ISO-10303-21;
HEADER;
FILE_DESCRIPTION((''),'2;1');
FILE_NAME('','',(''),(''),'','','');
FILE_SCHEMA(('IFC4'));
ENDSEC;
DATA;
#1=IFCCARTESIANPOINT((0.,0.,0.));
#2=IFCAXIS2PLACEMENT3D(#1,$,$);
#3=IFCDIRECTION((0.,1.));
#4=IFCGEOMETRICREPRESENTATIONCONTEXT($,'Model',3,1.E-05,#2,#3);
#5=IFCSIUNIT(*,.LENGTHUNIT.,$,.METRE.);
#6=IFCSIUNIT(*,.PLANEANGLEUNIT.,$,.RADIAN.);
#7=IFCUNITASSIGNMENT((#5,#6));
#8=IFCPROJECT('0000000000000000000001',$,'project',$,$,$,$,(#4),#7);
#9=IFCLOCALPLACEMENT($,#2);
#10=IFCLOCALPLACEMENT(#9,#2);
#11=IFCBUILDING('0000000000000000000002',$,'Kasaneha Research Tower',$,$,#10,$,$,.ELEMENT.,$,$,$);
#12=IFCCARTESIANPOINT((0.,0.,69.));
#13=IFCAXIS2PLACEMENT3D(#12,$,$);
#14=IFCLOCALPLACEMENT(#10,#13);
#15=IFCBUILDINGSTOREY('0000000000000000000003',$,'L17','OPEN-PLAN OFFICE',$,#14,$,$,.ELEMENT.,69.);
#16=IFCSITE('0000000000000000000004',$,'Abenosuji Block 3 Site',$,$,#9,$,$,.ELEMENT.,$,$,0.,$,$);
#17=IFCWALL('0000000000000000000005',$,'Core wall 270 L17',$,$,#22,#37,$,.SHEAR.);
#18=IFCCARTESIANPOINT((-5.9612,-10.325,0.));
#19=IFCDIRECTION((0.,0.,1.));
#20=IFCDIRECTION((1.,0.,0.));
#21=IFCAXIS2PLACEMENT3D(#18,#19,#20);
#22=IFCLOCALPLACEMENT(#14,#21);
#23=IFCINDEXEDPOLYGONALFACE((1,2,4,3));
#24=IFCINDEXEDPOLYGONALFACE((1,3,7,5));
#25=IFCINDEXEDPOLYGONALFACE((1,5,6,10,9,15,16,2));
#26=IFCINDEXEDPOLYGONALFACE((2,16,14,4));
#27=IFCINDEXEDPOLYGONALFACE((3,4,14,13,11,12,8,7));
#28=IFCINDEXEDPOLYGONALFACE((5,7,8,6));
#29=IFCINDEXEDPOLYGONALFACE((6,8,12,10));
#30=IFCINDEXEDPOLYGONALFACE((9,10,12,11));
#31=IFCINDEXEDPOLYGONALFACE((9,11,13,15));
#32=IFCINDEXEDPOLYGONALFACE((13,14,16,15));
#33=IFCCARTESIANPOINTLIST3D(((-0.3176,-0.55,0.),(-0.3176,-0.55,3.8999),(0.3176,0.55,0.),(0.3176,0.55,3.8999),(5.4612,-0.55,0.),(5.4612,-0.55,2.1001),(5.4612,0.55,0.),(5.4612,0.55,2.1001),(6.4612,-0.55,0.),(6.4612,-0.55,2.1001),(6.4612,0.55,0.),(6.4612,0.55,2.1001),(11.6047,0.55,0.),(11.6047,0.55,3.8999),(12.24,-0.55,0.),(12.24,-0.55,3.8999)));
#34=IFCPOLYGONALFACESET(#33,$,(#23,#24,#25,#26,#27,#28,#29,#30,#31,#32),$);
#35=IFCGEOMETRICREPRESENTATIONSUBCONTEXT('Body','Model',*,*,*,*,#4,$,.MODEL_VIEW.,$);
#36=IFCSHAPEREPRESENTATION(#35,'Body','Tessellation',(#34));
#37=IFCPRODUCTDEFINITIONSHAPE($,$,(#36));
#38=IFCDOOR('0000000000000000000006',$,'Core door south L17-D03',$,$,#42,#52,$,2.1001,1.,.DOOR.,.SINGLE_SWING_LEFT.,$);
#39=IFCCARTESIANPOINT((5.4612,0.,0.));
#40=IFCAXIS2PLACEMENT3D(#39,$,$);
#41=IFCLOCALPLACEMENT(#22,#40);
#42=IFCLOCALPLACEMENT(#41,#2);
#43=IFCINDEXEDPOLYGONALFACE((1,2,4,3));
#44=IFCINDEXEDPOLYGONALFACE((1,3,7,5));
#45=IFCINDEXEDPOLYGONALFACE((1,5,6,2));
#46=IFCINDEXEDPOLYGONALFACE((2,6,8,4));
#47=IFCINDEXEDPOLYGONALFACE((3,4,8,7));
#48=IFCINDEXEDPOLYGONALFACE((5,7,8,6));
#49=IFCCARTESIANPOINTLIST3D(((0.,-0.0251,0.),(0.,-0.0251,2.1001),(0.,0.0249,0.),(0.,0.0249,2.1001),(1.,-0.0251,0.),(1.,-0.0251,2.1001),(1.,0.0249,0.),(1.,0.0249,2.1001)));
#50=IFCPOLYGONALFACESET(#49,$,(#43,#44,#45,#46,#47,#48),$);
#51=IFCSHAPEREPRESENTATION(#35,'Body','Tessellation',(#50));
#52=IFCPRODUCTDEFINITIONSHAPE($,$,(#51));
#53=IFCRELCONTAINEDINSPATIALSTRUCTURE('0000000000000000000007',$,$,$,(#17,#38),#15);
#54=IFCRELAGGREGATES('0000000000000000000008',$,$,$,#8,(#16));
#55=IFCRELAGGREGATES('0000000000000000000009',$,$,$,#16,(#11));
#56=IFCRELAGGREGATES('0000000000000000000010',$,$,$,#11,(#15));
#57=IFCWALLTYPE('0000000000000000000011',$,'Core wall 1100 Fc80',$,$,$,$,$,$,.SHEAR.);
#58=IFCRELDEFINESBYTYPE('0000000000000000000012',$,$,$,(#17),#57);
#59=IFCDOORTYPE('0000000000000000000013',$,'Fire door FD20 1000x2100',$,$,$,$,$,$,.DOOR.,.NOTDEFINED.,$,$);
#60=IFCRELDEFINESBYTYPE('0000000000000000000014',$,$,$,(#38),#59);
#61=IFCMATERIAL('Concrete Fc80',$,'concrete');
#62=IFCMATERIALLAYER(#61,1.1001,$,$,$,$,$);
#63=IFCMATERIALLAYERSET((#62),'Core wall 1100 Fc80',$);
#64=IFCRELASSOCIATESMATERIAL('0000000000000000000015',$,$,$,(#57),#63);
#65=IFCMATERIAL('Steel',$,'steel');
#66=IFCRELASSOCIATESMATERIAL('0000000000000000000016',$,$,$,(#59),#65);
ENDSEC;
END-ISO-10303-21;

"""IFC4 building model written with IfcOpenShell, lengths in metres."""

from ifc_helpers import new_model, si_unit, direction, frame, frame_2d, origin, place, context, subcontext, project, spatial, polyline, rectangle, outline, extrude, material, layer, layer_set, type_object, element, fill, save


model = new_model("IFC4")

# Units and contexts
model_context = context("Model", 3, precision=1e-05, world=origin(), true_north=direction((0.0, 1.0)))
body_context = subcontext(model_context, "Body", "Model", "MODEL_VIEW")
ifc_project = project(units=[si_unit("LENGTHUNIT", "METRE"), si_unit("PLANEANGLEUNIT", "RADIAN")], contexts=[model_context])

# Site, building, storey
site_placement = place(None, origin())
site = spatial("IfcSite", under=ifc_project, at=site_placement, Name="Abenosuji Block 3 Site", CompositionType="ELEMENT", RefElevation=0.0)
building_placement = place(site_placement, origin())
building = spatial("IfcBuilding", under=site, at=building_placement, Name="Kasaneha Research Tower", CompositionType="ELEMENT")
storey_placement = place(building_placement, frame((0.0, 0.0, 69.0)))
storey = spatial("IfcBuildingStorey", under=building, at=storey_placement, Name="L17", Description="OPEN-PLAN OFFICE", CompositionType="ELEMENT", Elevation=69.0)

# Wall, opening, door
ifc_material_1 = material(Name="Concrete Fc80", Category="concrete")
ifc_layer_1 = layer(ifc_material_1, 1.1001)
ifc_layer_set_1 = layer_set([ifc_layer_1], Name="Core wall 1100 Fc80")
wall_type_1 = type_object("IfcWallType", Name="Core wall 1100 Fc80", PredefinedType="SHEAR", material=ifc_layer_set_1)
wall_1_placement = place(storey_placement, frame((-5.9612, -10.325, 0.0), z_axis=(0.0, 0.0, 1.0), x_axis=(1.0, 0.0, 0.0)))
wall_1 = element("IfcWall", 1, at=wall_1_placement, inside=storey, type_object=wall_type_1, Name="Core wall 270 L17", PredefinedType="SHEAR", context=body_context, shape_type="SweptSolid", body=[
    extrude(outline(polyline([(-0.3176, -0.55), (5.4612, -0.55), (6.4612, -0.55), (12.24, -0.55), (11.6047, 0.55), (6.4612, 0.55), (5.4612, 0.55), (0.3176, 0.55), (-0.3176, -0.55)])), origin(), (0.0, 0.0, 1.0), 3.8999),
])
opening_1_placement = place(wall_1_placement, frame((5.4612, 0.0, 0.0)))
opening_1 = element("IfcOpeningElement", 2, at=opening_1_placement, cuts=wall_1, PredefinedType="OPENING", context=body_context, shape_type="SweptSolid", body=[
    extrude(rectangle(XDim=1.0, YDim=2.1001, at=frame_2d((0.5, 1.05))), frame((0.0, 0.5601, 0.0), z_axis=(0.0, -1.0, 0.0), x_axis=(1.0, 0.0, 0.0)), (0.0, 0.0, 1.0), 1.1201),
])
ifc_material_2 = material(Name="Steel", Category="steel")
door_type_1 = type_object("IfcDoorType", Name="Fire door FD20 1000x2100", OperationType="NOTDEFINED", PredefinedType="DOOR", material=ifc_material_2)
door_1_placement = place(opening_1_placement, origin())
door_1 = element("IfcDoor", 3, at=door_1_placement, inside=storey, type_object=door_type_1, Name="Core door south L17-D03", OperationType="SINGLE_SWING_LEFT", OverallHeight=2.1001, OverallWidth=1.0, PredefinedType="DOOR", context=body_context, shape_type="SweptSolid", body=[
    extrude(rectangle(XDim=1.0, YDim=2.1001, at=frame_2d((0.5, 1.05))), frame((0.0, 0.0249, 0.0), z_axis=(0.0, -1.0, 0.0), x_axis=(1.0, 0.0, 0.0)), (0.0, 0.0, 1.0), 0.05),
])
fill(opening_1, door_1)

save(model, "model.ifc")
